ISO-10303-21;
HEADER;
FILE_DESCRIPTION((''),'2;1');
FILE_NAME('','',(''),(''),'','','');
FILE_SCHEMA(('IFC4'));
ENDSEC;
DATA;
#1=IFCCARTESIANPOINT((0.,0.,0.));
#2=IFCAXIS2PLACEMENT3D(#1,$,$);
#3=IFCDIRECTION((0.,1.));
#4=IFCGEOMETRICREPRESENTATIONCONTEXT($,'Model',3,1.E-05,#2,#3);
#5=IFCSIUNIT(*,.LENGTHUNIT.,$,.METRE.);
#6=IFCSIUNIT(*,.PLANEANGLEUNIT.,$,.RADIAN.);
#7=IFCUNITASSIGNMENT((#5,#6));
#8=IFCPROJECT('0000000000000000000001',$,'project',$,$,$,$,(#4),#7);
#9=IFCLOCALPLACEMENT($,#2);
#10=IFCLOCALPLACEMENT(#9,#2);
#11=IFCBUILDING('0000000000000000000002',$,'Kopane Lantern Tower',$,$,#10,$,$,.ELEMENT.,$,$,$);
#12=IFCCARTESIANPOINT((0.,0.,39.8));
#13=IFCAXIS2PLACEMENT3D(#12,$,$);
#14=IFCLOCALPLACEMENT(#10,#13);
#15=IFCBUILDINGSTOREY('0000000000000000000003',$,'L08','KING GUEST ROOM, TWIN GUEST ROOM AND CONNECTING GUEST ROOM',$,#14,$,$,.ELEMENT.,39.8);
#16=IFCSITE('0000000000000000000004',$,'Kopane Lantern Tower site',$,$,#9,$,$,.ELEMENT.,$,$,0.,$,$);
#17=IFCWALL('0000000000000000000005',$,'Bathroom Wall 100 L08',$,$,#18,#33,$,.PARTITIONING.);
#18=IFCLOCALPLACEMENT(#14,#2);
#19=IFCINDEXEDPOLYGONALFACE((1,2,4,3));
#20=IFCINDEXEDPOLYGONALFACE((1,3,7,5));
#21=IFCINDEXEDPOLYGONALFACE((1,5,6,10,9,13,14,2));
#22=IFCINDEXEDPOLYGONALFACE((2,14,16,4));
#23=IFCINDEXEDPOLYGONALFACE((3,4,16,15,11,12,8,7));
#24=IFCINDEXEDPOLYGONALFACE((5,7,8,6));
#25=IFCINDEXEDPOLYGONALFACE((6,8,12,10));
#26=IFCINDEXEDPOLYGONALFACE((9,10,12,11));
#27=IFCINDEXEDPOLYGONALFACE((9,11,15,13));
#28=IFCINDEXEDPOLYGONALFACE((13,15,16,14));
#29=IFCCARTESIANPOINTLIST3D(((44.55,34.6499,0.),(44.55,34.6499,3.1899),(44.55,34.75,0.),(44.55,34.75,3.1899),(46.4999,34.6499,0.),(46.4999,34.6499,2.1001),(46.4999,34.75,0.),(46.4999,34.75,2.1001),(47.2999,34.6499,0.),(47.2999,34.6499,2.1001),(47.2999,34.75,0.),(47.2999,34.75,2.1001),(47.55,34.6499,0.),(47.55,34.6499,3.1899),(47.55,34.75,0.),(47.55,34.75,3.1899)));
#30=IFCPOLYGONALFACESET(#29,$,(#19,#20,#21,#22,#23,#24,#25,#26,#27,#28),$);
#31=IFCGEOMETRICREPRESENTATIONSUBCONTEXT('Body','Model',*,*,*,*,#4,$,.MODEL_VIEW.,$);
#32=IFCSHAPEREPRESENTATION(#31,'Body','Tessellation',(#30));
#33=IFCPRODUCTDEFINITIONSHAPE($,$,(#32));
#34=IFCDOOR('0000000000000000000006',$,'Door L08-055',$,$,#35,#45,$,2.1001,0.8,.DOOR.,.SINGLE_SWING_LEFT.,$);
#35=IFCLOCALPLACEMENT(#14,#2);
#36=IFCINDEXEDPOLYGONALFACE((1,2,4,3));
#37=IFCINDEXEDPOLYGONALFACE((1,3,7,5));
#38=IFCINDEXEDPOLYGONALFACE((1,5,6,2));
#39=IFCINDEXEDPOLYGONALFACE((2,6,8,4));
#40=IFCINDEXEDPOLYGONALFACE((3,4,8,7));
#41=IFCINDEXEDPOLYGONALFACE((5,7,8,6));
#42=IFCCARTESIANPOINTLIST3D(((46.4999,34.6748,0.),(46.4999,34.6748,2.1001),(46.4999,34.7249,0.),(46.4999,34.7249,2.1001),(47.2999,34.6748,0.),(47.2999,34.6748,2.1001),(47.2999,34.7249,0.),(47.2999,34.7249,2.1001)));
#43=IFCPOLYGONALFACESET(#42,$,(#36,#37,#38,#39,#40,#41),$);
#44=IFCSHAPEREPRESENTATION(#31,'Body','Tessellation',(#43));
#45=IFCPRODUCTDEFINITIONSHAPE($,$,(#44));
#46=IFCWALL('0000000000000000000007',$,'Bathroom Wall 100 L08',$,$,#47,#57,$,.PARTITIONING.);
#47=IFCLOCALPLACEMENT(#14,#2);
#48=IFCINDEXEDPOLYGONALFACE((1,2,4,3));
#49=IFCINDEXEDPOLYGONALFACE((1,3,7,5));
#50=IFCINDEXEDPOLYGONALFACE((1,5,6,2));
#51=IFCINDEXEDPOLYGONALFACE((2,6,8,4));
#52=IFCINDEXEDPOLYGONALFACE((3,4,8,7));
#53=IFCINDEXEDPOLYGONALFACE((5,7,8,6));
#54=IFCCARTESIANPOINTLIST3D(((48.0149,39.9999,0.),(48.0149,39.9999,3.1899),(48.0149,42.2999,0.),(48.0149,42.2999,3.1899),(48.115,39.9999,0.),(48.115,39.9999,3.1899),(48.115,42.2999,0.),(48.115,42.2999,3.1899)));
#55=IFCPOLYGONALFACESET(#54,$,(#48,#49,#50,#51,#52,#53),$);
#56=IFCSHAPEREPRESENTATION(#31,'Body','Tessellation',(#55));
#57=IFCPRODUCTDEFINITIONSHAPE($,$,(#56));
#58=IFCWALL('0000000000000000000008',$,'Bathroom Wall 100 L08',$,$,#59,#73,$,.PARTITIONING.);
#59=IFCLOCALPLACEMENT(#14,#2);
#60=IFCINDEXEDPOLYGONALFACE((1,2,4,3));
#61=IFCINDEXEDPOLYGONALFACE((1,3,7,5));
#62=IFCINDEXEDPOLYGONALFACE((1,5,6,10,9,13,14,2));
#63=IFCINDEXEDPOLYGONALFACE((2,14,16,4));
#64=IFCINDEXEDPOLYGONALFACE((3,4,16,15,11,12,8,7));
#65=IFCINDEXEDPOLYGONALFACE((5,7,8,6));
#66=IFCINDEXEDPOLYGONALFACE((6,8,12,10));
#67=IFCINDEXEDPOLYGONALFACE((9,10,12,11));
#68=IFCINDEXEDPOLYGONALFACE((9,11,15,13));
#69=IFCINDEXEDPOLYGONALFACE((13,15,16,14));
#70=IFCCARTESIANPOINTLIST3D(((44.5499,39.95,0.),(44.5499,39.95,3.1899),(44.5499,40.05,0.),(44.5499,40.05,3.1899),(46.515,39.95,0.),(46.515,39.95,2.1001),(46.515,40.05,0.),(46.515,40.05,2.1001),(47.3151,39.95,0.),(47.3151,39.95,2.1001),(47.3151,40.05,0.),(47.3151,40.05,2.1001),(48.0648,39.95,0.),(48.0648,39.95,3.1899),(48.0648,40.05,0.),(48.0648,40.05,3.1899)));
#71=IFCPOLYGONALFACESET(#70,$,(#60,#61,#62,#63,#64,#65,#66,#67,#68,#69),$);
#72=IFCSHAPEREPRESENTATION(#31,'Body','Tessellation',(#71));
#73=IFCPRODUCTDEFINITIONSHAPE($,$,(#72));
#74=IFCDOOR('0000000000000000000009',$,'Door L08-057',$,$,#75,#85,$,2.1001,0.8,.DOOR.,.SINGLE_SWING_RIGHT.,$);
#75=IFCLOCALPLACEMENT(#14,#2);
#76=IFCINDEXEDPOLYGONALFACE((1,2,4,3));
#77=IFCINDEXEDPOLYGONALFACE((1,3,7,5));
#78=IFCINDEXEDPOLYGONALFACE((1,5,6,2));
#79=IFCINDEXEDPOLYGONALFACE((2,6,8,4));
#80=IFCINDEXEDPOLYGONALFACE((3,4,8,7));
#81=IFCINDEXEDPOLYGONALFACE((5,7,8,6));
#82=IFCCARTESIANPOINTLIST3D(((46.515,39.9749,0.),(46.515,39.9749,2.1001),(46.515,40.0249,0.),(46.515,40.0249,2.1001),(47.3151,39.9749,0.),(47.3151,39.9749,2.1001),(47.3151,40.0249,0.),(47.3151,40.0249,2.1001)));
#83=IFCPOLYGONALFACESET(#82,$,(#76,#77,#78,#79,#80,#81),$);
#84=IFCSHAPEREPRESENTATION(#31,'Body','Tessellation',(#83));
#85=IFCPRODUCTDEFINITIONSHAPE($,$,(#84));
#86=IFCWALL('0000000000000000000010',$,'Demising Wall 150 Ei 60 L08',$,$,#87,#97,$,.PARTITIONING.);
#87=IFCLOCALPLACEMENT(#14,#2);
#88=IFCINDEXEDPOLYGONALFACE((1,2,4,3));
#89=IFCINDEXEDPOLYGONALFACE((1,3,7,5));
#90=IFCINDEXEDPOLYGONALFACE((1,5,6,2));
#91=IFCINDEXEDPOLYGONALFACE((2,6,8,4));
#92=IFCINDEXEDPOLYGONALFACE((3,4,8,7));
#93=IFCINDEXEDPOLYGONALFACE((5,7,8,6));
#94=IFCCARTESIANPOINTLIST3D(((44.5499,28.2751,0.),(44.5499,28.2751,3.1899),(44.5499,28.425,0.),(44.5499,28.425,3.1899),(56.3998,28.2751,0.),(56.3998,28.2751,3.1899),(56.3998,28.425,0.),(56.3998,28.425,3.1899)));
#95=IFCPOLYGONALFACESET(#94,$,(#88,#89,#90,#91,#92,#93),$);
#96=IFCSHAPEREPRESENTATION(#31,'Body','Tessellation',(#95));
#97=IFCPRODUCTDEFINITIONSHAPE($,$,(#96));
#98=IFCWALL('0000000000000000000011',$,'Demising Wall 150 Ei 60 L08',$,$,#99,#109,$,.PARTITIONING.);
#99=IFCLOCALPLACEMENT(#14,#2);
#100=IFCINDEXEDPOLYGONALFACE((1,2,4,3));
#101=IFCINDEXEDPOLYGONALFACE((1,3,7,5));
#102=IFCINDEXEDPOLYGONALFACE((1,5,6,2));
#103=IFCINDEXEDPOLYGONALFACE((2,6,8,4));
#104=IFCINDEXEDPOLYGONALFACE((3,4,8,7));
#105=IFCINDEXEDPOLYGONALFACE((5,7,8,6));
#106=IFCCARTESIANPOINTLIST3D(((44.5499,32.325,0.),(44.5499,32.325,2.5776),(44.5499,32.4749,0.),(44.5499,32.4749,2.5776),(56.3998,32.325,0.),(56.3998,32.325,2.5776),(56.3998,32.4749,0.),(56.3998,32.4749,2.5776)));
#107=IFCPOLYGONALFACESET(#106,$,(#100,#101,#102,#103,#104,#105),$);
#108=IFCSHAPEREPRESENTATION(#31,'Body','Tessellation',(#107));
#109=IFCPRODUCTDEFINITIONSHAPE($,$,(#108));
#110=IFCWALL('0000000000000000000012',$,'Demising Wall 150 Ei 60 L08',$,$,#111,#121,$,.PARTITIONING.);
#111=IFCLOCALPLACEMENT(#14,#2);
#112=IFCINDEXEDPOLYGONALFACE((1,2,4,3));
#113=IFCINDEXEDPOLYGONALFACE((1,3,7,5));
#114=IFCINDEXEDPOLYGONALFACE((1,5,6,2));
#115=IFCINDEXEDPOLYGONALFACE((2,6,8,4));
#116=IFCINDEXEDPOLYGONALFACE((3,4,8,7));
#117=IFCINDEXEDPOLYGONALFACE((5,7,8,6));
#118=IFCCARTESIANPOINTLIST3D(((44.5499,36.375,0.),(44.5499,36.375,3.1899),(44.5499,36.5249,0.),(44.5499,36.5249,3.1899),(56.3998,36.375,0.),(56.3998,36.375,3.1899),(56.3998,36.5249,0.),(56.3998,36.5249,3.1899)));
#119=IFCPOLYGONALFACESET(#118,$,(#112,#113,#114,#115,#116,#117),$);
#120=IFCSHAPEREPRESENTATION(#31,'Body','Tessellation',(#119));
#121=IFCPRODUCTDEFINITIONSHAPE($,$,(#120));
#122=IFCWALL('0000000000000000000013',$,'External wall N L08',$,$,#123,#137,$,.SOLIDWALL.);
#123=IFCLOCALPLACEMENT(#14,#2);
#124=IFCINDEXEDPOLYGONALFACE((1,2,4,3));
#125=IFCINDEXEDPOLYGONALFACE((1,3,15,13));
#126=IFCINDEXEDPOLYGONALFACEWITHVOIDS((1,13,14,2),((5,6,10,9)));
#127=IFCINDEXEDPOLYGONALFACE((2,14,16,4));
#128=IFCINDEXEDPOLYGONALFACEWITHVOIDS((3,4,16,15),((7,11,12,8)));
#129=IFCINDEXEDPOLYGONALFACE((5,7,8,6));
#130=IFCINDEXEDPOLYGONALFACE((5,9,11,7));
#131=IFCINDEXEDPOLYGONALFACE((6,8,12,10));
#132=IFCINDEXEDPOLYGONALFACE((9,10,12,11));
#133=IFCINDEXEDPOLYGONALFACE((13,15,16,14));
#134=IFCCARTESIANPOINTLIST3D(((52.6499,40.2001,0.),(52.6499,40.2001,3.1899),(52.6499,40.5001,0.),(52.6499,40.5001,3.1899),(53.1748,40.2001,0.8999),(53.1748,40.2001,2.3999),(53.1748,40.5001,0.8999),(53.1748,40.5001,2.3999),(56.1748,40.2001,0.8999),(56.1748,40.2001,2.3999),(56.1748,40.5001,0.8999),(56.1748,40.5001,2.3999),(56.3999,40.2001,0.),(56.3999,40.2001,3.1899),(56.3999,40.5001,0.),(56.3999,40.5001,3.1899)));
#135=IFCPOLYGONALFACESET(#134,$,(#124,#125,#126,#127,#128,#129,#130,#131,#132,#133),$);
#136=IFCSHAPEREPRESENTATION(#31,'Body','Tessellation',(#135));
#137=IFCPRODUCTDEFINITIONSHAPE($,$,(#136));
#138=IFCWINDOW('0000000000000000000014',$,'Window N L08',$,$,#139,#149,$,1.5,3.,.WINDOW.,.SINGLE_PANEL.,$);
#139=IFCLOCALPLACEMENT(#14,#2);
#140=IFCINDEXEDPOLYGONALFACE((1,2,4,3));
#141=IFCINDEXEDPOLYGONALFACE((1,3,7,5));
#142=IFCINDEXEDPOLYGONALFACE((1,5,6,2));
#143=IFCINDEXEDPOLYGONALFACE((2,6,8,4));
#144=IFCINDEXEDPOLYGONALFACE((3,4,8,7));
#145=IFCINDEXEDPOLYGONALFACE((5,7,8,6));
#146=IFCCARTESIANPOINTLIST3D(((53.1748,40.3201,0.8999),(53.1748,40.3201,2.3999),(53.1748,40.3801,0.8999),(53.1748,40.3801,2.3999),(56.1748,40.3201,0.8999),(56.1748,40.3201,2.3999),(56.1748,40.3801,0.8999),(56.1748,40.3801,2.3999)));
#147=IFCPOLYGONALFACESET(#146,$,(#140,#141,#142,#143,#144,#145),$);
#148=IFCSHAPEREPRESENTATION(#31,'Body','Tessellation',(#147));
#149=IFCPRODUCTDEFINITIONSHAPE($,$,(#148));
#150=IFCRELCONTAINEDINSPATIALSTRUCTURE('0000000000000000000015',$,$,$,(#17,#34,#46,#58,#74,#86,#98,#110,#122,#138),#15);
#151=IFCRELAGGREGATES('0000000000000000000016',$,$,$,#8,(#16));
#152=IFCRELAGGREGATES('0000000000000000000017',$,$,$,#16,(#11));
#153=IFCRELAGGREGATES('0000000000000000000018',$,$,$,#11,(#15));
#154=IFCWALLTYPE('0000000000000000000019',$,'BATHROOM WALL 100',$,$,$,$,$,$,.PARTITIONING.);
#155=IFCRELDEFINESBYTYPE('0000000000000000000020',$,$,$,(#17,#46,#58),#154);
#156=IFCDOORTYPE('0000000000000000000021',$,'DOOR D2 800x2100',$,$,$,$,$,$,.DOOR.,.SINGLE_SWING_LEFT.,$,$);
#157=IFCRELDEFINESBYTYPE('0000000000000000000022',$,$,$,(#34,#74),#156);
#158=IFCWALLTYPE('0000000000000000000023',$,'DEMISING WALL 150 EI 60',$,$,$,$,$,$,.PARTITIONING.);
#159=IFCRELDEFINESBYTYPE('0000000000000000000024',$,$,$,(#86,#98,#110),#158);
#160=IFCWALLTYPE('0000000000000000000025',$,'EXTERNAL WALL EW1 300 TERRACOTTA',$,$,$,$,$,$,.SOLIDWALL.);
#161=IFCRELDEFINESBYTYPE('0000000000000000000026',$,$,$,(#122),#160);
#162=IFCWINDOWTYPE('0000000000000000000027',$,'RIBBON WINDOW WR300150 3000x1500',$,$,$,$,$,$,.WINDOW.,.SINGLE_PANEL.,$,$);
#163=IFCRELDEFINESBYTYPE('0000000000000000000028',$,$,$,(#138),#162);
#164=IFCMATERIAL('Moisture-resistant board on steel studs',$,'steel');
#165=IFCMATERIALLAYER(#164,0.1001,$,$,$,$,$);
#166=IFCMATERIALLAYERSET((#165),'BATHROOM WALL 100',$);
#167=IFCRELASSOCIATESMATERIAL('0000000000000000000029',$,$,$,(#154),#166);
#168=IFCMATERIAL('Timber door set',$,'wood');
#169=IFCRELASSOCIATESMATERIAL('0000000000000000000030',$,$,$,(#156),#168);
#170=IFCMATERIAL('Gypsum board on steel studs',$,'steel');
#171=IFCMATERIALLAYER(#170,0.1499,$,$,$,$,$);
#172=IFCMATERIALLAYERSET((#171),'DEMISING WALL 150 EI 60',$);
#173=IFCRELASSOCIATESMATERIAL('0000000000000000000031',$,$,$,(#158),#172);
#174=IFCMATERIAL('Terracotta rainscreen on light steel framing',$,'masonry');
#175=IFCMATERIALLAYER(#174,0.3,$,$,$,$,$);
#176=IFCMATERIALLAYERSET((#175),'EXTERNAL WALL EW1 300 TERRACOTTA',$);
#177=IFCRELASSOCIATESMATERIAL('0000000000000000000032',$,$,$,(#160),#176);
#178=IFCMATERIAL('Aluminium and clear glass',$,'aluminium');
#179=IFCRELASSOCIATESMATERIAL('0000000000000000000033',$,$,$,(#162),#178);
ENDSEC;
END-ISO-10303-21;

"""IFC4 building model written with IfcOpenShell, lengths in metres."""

from ifc_helpers import new_model, si_unit, direction, frame, frame_2d, origin, place, context, subcontext, project, spatial, rectangle, extrude, material, layer, layer_set, type_object, element, fill, save


model = new_model("IFC4")

# Units and contexts
model_context = context("Model", 3, precision=1e-05, world=origin(), true_north=direction((0.0, 1.0)))
body_context = subcontext(model_context, "Body", "Model", "MODEL_VIEW")
ifc_project = project(units=[si_unit("LENGTHUNIT", "METRE"), si_unit("PLANEANGLEUNIT", "RADIAN")], contexts=[model_context])

# Site, building, storey
site_placement = place(None, origin())
site = spatial("IfcSite", under=ifc_project, at=site_placement, Name="Kopane Lantern Tower site", CompositionType="ELEMENT", RefElevation=0.0)
building_placement = place(site_placement, origin())
building = spatial("IfcBuilding", under=site, at=building_placement, Name="Kopane Lantern Tower", CompositionType="ELEMENT")
storey_placement = place(building_placement, frame((0.0, 0.0, 39.8)))
storey = spatial("IfcBuildingStorey", under=building, at=storey_placement, Name="L08", Description="KING GUEST ROOM, TWIN GUEST ROOM AND CONNECTING GUEST ROOM", CompositionType="ELEMENT", Elevation=39.8)

# Shared definitions
ifc_material_1 = material(Name="Moisture-resistant board on steel studs", Category="steel")
ifc_layer_1 = layer(ifc_material_1, 0.1001)
ifc_layer_set_1 = layer_set([ifc_layer_1], Name="BATHROOM WALL 100")
wall_type_1 = type_object("IfcWallType", Name="BATHROOM WALL 100", PredefinedType="PARTITIONING", material=ifc_layer_set_1)

# Shared definitions
ifc_material_2 = material(Name="Timber door set", Category="wood")
door_type = type_object("IfcDoorType", Name="DOOR D2 800x2100", OperationType="SINGLE_SWING_LEFT", PredefinedType="DOOR", material=ifc_material_2)

# Wall, opening, door
wall_1_placement = place(storey_placement, frame((44.55, 34.7, 0.0), z_axis=(0.0, 0.0, 1.0), x_axis=(1.0, 0.0, 0.0)))
wall_1 = element("IfcWall", 1, at=wall_1_placement, inside=storey, type_object=wall_type_1, Name="Bathroom Wall 100 L08", PredefinedType="PARTITIONING", context=body_context, shape_type="SweptSolid", body=[
    extrude(rectangle(XDim=3.0, YDim=0.1001, at=frame_2d((1.5, 0.0))), origin(), (0.0, 0.0, 1.0), 3.1899),
])
opening_1_placement = place(wall_1_placement, frame((1.95, 0.0, 0.0)))
opening_1 = element("IfcOpeningElement", 2, at=opening_1_placement, cuts=wall_1, PredefinedType="OPENING", context=body_context, shape_type="SweptSolid", body=[
    extrude(rectangle(XDim=0.8, YDim=2.1001, at=frame_2d((0.3999, 1.05))), frame((0.0, 0.0601, 0.0), z_axis=(0.0, -1.0, 0.0), x_axis=(1.0, 0.0, 0.0)), (0.0, 0.0, 1.0), 0.1201),
])
door_1_placement = place(opening_1_placement, origin())
door_1 = element("IfcDoor", 3, at=door_1_placement, inside=storey, type_object=door_type, Name="Door L08-055", OperationType="SINGLE_SWING_LEFT", OverallHeight=2.1001, OverallWidth=0.8, PredefinedType="DOOR", context=body_context, shape_type="SweptSolid", body=[
    extrude(rectangle(XDim=0.8, YDim=2.1001, at=frame_2d((0.3999, 1.05))), frame((0.0, 0.0249, 0.0), z_axis=(0.0, -1.0, 0.0), x_axis=(1.0, 0.0, 0.0)), (0.0, 0.0, 1.0), 0.05),
])
fill(opening_1, door_1)

# Wall
wall_2_placement = place(storey_placement, frame((48.0649, 40.0, 0.0), z_axis=(0.0, 0.0, 1.0), x_axis=(0.0, 1.0, 0.0)))
element("IfcWall", 4, at=wall_2_placement, inside=storey, type_object=wall_type_1, Name="Bathroom Wall 100 L08", PredefinedType="PARTITIONING", context=body_context, shape_type="SweptSolid", body=[
    extrude(rectangle(XDim=2.3, YDim=0.1001, at=frame_2d((1.1499, 0.0))), origin(), (0.0, 0.0, 1.0), 3.1899),
])

# Wall, opening, door
wall_3_placement = place(storey_placement, frame((44.55, 40.0, 0.0), z_axis=(0.0, 0.0, 1.0), x_axis=(1.0, 0.0, 0.0)))
wall_3 = element("IfcWall", 5, at=wall_3_placement, inside=storey, type_object=wall_type_1, Name="Bathroom Wall 100 L08", PredefinedType="PARTITIONING", context=body_context, shape_type="SweptSolid", body=[
    extrude(rectangle(XDim=3.5149, YDim=0.1001, at=frame_2d((1.7573, 0.0))), origin(), (0.0, 0.0, 1.0), 3.1899),
])
opening_2_placement = place(wall_3_placement, frame((1.9651, 0.0, 0.0)))
opening_2 = element("IfcOpeningElement", 6, at=opening_2_placement, cuts=wall_3, PredefinedType="OPENING", context=body_context, shape_type="SweptSolid", body=[
    extrude(rectangle(XDim=0.8, YDim=2.1001, at=frame_2d((0.3999, 1.05))), frame((0.0, 0.0601, 0.0), z_axis=(0.0, -1.0, 0.0), x_axis=(1.0, 0.0, 0.0)), (0.0, 0.0, 1.0), 0.1201),
])
door_2_placement = place(opening_2_placement, origin())
door_2 = element("IfcDoor", 7, at=door_2_placement, inside=storey, type_object=door_type, Name="Door L08-057", OperationType="SINGLE_SWING_RIGHT", OverallHeight=2.1001, OverallWidth=0.8, PredefinedType="DOOR", context=body_context, shape_type="SweptSolid", body=[
    extrude(rectangle(XDim=0.8, YDim=2.1001, at=frame_2d((0.3999, 1.05))), frame((0.0, 0.0249, 0.0), z_axis=(0.0, -1.0, 0.0), x_axis=(1.0, 0.0, 0.0)), (0.0, 0.0, 1.0), 0.05),
])
fill(opening_2, door_2)

# Walls
ifc_material_3 = material(Name="Gypsum board on steel studs", Category="steel")
ifc_layer_2 = layer(ifc_material_3, 0.1499)
ifc_layer_set_2 = layer_set([ifc_layer_2], Name="DEMISING WALL 150 EI 60")
wall_type_2 = type_object("IfcWallType", Name="DEMISING WALL 150 EI 60", PredefinedType="PARTITIONING", material=ifc_layer_set_2)
wall_4_placement = place(storey_placement, frame((44.55, 28.3501, 0.0), z_axis=(0.0, 0.0, 1.0), x_axis=(1.0, 0.0, 0.0)))
element("IfcWall", 8, at=wall_4_placement, inside=storey, type_object=wall_type_2, Name="Demising Wall 150 Ei 60 L08", PredefinedType="PARTITIONING", context=body_context, shape_type="SweptSolid", body=[
    extrude(rectangle(XDim=11.8499, YDim=0.1499, at=frame_2d((5.9248, 0.0))), origin(), (0.0, 0.0, 1.0), 3.1899),
])
wall_5_placement = place(storey_placement, frame((44.55, 32.3999, 0.0), z_axis=(0.0, 0.0, 1.0), x_axis=(1.0, 0.0, 0.0)))
element("IfcWall", 9, at=wall_5_placement, inside=storey, type_object=wall_type_2, Name="Demising Wall 150 Ei 60 L08", PredefinedType="PARTITIONING", context=body_context, shape_type="SweptSolid", body=[
    extrude(rectangle(XDim=11.8499, YDim=0.1499, at=frame_2d((5.9248, 0.0))), origin(), (0.0, 0.0, 1.0), 2.5776),
])
wall_6_placement = place(storey_placement, frame((44.55, 36.45, 0.0), z_axis=(0.0, 0.0, 1.0), x_axis=(1.0, 0.0, 0.0)))
element("IfcWall", 10, at=wall_6_placement, inside=storey, type_object=wall_type_2, Name="Demising Wall 150 Ei 60 L08", PredefinedType="PARTITIONING", context=body_context, shape_type="SweptSolid", body=[
    extrude(rectangle(XDim=11.8499, YDim=0.1499, at=frame_2d((5.9248, 0.0))), origin(), (0.0, 0.0, 1.0), 3.1899),
])

# Wall, opening, window
ifc_material_4 = material(Name="Terracotta rainscreen on light steel framing", Category="masonry")
ifc_layer_3 = layer(ifc_material_4, 0.3)
ifc_layer_set_3 = layer_set([ifc_layer_3], Name="EXTERNAL WALL EW1 300 TERRACOTTA")
wall_type_3 = type_object("IfcWallType", Name="EXTERNAL WALL EW1 300 TERRACOTTA", PredefinedType="SOLIDWALL", material=ifc_layer_set_3)
wall_7_placement = place(storey_placement, frame((56.3999, 40.3501, 0.0), z_axis=(0.0, 0.0, 1.0), x_axis=(-1.0, 0.0, 0.0)))
wall_7 = element("IfcWall", 11, at=wall_7_placement, inside=storey, type_object=wall_type_3, Name="External wall N L08", PredefinedType="SOLIDWALL", context=body_context, shape_type="SweptSolid", body=[
    extrude(rectangle(XDim=3.75, YDim=0.3, at=frame_2d((1.875, 0.0))), origin(), (0.0, 0.0, 1.0), 3.1899),
])
opening_3_placement = place(wall_7_placement, frame((0.2251, 0.0, 0.8999)))
opening_3 = element("IfcOpeningElement", 12, at=opening_3_placement, cuts=wall_7, PredefinedType="OPENING", context=body_context, shape_type="SweptSolid", body=[
    extrude(rectangle(XDim=3.0, YDim=1.5, at=frame_2d((1.5, 0.75))), frame((0.0, 0.1599, 0.0), z_axis=(0.0, -1.0, 0.0), x_axis=(1.0, 0.0, 0.0)), (0.0, 0.0, 1.0), 0.3201),
])
ifc_material_5 = material(Name="Aluminium and clear glass", Category="aluminium")
window_type = type_object("IfcWindowType", Name="RIBBON WINDOW WR300150 3000x1500", PartitioningType="SINGLE_PANEL", PredefinedType="WINDOW", material=ifc_material_5)
window_1_placement = place(opening_3_placement, origin())
window_1 = element("IfcWindow", 13, at=window_1_placement, inside=storey, type_object=window_type, Name="Window N L08", OverallHeight=1.5, OverallWidth=3.0, PartitioningType="SINGLE_PANEL", PredefinedType="WINDOW", context=body_context, shape_type="SweptSolid", body=[
    extrude(rectangle(XDim=3.0, YDim=1.5, at=frame_2d((1.5, 0.75))), frame((0.0, 0.03, 0.0), z_axis=(0.0, -1.0, 0.0), x_axis=(1.0, 0.0, 0.0)), (0.0, 0.0, 1.0), 0.0601),
])
fill(opening_3, window_1)

save(model, "model.ifc")
